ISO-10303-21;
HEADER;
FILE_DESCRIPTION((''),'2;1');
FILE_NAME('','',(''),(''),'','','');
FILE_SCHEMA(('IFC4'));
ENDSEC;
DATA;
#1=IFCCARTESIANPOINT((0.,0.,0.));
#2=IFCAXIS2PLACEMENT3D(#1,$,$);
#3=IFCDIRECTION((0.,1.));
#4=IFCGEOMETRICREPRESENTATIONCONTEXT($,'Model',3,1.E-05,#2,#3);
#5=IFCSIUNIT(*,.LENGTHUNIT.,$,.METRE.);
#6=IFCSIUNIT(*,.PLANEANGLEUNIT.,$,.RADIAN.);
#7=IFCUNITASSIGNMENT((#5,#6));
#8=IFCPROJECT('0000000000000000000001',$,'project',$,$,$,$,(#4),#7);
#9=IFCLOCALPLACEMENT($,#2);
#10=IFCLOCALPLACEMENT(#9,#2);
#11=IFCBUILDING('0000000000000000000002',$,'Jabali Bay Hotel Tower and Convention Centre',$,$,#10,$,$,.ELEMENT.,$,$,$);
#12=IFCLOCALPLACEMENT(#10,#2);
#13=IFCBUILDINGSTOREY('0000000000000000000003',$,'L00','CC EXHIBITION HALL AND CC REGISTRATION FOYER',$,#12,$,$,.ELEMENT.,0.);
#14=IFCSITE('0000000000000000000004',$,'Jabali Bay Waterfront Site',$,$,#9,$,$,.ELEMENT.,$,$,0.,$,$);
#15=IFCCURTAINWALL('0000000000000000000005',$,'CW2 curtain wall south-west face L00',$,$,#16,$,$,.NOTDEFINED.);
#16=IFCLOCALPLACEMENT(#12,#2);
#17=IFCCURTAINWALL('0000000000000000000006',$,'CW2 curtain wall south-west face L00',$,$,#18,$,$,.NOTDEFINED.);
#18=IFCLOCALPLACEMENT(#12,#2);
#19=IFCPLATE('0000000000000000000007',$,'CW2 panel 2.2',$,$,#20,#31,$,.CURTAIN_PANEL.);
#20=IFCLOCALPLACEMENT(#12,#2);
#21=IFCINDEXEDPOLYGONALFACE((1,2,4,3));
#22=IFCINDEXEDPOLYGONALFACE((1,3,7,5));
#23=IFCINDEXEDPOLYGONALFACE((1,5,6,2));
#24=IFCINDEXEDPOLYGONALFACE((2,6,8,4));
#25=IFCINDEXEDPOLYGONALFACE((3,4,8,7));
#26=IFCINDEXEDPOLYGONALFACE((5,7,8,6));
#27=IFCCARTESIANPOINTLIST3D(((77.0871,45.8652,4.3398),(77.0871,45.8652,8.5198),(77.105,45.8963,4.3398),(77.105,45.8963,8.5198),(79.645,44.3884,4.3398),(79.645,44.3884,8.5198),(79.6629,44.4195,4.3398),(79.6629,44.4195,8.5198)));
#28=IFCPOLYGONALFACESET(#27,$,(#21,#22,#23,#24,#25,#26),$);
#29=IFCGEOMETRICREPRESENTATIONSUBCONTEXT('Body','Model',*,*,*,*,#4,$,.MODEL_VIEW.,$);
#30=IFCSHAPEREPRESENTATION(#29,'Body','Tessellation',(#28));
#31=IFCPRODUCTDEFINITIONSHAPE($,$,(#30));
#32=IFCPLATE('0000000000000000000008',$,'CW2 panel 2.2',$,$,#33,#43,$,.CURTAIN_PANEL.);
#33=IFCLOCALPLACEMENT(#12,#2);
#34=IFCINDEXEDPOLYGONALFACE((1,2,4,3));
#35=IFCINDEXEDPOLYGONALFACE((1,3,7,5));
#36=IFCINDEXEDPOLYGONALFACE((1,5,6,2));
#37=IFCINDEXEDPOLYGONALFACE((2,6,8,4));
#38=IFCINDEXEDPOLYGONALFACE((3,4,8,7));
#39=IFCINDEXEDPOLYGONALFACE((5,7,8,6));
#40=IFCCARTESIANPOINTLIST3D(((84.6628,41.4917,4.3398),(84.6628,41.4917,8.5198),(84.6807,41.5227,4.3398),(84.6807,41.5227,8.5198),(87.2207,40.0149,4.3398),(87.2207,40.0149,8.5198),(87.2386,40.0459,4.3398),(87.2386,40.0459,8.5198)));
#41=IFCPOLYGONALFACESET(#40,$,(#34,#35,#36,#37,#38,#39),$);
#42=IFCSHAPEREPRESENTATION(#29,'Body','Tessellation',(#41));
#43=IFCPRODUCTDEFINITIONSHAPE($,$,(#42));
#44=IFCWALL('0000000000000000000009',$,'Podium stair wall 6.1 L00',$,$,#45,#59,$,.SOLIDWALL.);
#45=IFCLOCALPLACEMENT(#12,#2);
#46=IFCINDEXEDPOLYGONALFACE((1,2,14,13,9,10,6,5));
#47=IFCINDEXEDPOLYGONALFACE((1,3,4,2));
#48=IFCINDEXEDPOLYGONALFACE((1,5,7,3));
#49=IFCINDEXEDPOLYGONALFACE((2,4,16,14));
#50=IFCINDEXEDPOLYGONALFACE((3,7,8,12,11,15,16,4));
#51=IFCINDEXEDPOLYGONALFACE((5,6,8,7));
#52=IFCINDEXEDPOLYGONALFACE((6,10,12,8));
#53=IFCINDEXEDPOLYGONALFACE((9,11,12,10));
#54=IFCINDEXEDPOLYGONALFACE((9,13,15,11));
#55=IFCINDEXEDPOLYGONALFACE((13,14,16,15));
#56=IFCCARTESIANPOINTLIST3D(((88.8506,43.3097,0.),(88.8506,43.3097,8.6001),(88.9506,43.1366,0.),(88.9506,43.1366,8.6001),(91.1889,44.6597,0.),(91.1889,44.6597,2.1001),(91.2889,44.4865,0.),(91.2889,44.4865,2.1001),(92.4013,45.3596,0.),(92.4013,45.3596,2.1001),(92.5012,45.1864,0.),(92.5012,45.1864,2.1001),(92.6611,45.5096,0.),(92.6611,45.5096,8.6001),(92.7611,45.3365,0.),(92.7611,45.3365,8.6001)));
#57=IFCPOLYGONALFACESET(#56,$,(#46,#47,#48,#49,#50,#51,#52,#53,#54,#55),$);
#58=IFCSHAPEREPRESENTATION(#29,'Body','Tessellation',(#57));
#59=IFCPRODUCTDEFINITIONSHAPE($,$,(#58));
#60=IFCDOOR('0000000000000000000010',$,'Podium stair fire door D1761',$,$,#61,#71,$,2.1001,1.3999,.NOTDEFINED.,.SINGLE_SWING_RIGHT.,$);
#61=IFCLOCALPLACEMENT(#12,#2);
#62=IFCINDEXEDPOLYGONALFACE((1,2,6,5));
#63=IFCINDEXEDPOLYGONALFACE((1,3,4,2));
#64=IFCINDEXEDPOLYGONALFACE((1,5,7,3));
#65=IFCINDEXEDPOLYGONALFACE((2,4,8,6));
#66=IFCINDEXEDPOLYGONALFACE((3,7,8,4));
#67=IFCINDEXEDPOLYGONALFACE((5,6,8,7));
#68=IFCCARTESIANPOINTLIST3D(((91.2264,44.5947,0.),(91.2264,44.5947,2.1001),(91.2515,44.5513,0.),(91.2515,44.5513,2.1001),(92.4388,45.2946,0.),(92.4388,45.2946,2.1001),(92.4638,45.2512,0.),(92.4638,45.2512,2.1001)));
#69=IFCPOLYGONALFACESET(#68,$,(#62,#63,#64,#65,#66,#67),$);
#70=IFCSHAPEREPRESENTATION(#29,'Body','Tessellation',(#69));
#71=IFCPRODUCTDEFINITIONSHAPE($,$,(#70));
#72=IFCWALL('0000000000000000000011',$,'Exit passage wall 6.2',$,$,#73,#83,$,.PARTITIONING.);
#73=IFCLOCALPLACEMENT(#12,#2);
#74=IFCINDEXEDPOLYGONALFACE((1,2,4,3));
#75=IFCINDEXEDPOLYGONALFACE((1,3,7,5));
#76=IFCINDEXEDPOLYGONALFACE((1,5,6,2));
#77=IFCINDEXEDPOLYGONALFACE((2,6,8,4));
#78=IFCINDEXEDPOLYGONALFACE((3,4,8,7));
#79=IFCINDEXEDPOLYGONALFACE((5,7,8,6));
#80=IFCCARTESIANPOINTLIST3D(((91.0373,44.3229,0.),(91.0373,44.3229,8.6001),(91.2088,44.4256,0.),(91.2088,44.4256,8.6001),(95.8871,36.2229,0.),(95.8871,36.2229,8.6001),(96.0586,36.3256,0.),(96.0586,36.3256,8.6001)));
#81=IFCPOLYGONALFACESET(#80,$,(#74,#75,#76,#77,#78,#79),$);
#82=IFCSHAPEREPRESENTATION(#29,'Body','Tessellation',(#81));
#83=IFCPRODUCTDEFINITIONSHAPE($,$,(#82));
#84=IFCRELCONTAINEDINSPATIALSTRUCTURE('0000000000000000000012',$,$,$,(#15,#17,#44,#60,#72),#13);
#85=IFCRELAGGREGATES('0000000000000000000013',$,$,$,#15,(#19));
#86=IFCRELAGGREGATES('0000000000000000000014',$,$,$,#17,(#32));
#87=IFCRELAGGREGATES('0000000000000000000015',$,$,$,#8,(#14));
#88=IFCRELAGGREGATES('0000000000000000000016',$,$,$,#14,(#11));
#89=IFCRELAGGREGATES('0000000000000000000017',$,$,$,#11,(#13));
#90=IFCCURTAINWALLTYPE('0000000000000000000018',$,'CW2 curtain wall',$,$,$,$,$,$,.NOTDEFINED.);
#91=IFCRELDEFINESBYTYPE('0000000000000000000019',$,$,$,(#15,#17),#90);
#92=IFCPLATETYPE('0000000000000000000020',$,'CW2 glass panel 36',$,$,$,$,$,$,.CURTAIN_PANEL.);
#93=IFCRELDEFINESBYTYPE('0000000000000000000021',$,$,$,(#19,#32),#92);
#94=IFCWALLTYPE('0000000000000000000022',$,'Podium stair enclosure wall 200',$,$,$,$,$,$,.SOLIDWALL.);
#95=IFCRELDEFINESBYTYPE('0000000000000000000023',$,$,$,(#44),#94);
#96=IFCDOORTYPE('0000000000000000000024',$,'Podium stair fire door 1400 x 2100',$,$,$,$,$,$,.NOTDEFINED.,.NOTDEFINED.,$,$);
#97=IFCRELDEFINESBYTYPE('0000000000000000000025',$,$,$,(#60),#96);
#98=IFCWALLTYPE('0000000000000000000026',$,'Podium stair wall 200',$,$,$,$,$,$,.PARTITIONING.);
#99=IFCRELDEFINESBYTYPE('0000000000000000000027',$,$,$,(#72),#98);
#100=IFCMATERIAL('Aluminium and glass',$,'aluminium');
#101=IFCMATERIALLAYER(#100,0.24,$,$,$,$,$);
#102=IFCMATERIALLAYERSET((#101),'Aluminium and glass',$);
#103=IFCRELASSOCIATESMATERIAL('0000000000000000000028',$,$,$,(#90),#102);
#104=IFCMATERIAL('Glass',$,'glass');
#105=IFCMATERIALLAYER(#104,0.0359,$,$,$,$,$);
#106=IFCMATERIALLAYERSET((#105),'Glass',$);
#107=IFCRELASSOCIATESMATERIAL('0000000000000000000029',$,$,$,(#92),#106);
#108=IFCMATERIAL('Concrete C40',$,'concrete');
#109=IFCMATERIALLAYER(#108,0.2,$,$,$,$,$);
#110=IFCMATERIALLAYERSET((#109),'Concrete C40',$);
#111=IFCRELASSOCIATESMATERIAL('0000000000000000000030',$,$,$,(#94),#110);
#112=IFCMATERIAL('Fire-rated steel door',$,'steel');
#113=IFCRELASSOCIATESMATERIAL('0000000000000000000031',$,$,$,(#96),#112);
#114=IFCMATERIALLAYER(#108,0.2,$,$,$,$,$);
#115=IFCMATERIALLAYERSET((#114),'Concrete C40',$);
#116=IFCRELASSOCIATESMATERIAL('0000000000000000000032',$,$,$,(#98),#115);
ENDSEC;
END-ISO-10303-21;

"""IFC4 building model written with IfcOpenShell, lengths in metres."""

from ifc_helpers import new_model, si_unit, direction, frame, frame_2d, origin, origin_2d, place, context, subcontext, project, spatial, rectangle, extrude, material, layer, layer_set, type_object, element, fill, aggregate, save


model = new_model("IFC4")

# Units and contexts
model_context = context("Model", 3, precision=1e-05, world=origin(), true_north=direction((0.0, 1.0)))
body_context = subcontext(model_context, "Body", "Model", "MODEL_VIEW")
ifc_project = project(units=[si_unit("LENGTHUNIT", "METRE"), si_unit("PLANEANGLEUNIT", "RADIAN")], contexts=[model_context])

# Site, building, storey
site_placement = place(None, origin())
site = spatial("IfcSite", under=ifc_project, at=site_placement, Name="Jabali Bay Waterfront Site", CompositionType="ELEMENT", RefElevation=0.0)
building_placement = place(site_placement, origin())
building = spatial("IfcBuilding", under=site, at=building_placement, Name="Jabali Bay Hotel Tower and Convention Centre", CompositionType="ELEMENT")
storey_placement = place(building_placement, origin())
storey = spatial("IfcBuildingStorey", under=building, at=storey_placement, Name="L00", Description="CC EXHIBITION HALL AND CC REGISTRATION FOYER", CompositionType="ELEMENT", Elevation=0.0)

# Curtain wall
ifc_material_1 = material(Name="Aluminium and glass", Category="aluminium")
ifc_layer_1 = layer(ifc_material_1, 0.24)
ifc_layer_set_1 = layer_set([ifc_layer_1], Name="Aluminium and glass")
curtain_wall_type = type_object("IfcCurtainWallType", Name="CW2 curtain wall", PredefinedType="NOTDEFINED", material=ifc_layer_set_1)
curtain_wall_1_placement = place(storey_placement, origin())
curtain_wall_1 = element("IfcCurtainWall", 1, at=curtain_wall_1_placement, inside=storey, type_object=curtain_wall_type, Name="CW2 curtain wall south-west face L00", PredefinedType="NOTDEFINED")

# Curtain wall
curtain_wall_2_placement = place(storey_placement, origin())
curtain_wall_2 = element("IfcCurtainWall", 2, at=curtain_wall_2_placement, inside=storey, type_object=curtain_wall_type, Name="CW2 curtain wall south-west face L00", PredefinedType="NOTDEFINED")

# Plates
ifc_material_2 = material(Name="Glass", Category="glass")
ifc_layer_2 = layer(ifc_material_2, 0.0359)
ifc_layer_set_2 = layer_set([ifc_layer_2], Name="Glass")
plate_type = type_object("IfcPlateType", Name="CW2 glass panel 36", PredefinedType="CURTAIN_PANEL", material=ifc_layer_set_2)
plate_1_placement = place(storey_placement, frame((78.375, 45.1423, 4.3398), z_axis=(0.0, 0.0, 1.0), x_axis=(-0.866025, 0.5, 0.0)))
plate_1 = element("IfcPlate", 3, at=plate_1_placement, type_object=plate_type, Name="CW2 panel 2.2", PredefinedType="CURTAIN_PANEL", context=body_context, shape_type="SweptSolid", body=[
    extrude(rectangle(XDim=2.9536, YDim=0.0359, at=origin_2d()), origin(), (0.0, 0.0, 1.0), 4.1799),
])
aggregate(curtain_wall_1, [plate_1])
plate_2_placement = place(storey_placement, frame((85.9507, 40.7688, 4.3398), z_axis=(0.0, 0.0, 1.0), x_axis=(-0.866025, 0.5, 0.0)))
plate_2 = element("IfcPlate", 4, at=plate_2_placement, type_object=plate_type, Name="CW2 panel 2.2", PredefinedType="CURTAIN_PANEL", context=body_context, shape_type="SweptSolid", body=[
    extrude(rectangle(XDim=2.9536, YDim=0.0359, at=origin_2d()), origin(), (0.0, 0.0, 1.0), 4.1799),
])
aggregate(curtain_wall_2, [plate_2])

# Wall, opening, door
ifc_material_3 = material(Name="Concrete C40", Category="concrete")
ifc_layer_3 = layer(ifc_material_3, 0.2)
ifc_layer_set_3 = layer_set([ifc_layer_3], Name="Concrete C40")
wall_type_1 = type_object("IfcWallType", Name="Podium stair enclosure wall 200", PredefinedType="SOLIDWALL", material=ifc_layer_set_3)
wall_1_placement = place(storey_placement, frame((88.9006, 43.2231, 0.0), z_axis=(0.0, 0.0, 1.0), x_axis=(0.866032, 0.499988, 0.0)))
wall_1 = element("IfcWall", 5, at=wall_1_placement, inside=storey, type_object=wall_type_1, Name="Podium stair wall 6.1 L00", PredefinedType="SOLIDWALL", context=body_context, shape_type="SweptSolid", body=[
    extrude(rectangle(XDim=4.3999, YDim=0.2, at=frame_2d((2.2, 0.0))), origin(), (0.0, 0.0, 1.0), 8.6001),
])
opening_1_placement = place(wall_1_placement, frame((2.7, 0.0, 0.0)))
opening_1 = element("IfcOpeningElement", 6, at=opening_1_placement, cuts=wall_1, PredefinedType="OPENING", context=body_context, shape_type="SweptSolid", body=[
    extrude(rectangle(XDim=1.3999, YDim=2.1001, at=frame_2d((0.7, 1.05))), frame((0.0, 0.1104, 0.0), z_axis=(0.0, -1.0, 0.0), x_axis=(1.0, 0.0, 0.0)), (0.0, 0.0, 1.0), 0.2209),
])
ifc_material_4 = material(Name="Fire-rated steel door", Category="steel")
door_type_1 = type_object("IfcDoorType", Name="Podium stair fire door 1400 x 2100", OperationType="NOTDEFINED", PredefinedType="NOTDEFINED", material=ifc_material_4)
door_1_placement = place(opening_1_placement, origin())
door_1 = element("IfcDoor", 7, at=door_1_placement, inside=storey, type_object=door_type_1, Name="Podium stair fire door D1761", OperationType="SINGLE_SWING_RIGHT", OverallHeight=2.1001, OverallWidth=1.3999, PredefinedType="NOTDEFINED", context=body_context, shape_type="SweptSolid", body=[
    extrude(rectangle(XDim=1.3999, YDim=2.1001, at=frame_2d((0.7, 1.05))), frame((0.0, 0.0249, 0.0), z_axis=(0.0, -1.0, 0.0), x_axis=(1.0, 0.0, 0.0)), (0.0, 0.0, 1.0), 0.05),
])
fill(opening_1, door_1)

# Wall
ifc_layer_4 = layer(ifc_material_3, 0.2)
ifc_layer_set_4 = layer_set([ifc_layer_4], Name="Concrete C40")
wall_type_2 = type_object("IfcWallType", Name="Podium stair wall 200", PredefinedType="PARTITIONING", material=ifc_layer_set_4)
wall_2_placement = place(storey_placement, frame((91.123, 44.3743, 0.0), z_axis=(0.0, 0.0, 1.0), x_axis=(0.513701, -0.857969, 0.0)))
element("IfcWall", 8, at=wall_2_placement, inside=storey, type_object=wall_type_2, Name="Exit passage wall 6.2", PredefinedType="PARTITIONING", context=body_context, shape_type="SweptSolid", body=[
    extrude(rectangle(XDim=9.4409, YDim=0.2, at=frame_2d((4.7205, 0.0))), origin(), (0.0, 0.0, 1.0), 8.6001),
])

save(model, "model.ifc")
